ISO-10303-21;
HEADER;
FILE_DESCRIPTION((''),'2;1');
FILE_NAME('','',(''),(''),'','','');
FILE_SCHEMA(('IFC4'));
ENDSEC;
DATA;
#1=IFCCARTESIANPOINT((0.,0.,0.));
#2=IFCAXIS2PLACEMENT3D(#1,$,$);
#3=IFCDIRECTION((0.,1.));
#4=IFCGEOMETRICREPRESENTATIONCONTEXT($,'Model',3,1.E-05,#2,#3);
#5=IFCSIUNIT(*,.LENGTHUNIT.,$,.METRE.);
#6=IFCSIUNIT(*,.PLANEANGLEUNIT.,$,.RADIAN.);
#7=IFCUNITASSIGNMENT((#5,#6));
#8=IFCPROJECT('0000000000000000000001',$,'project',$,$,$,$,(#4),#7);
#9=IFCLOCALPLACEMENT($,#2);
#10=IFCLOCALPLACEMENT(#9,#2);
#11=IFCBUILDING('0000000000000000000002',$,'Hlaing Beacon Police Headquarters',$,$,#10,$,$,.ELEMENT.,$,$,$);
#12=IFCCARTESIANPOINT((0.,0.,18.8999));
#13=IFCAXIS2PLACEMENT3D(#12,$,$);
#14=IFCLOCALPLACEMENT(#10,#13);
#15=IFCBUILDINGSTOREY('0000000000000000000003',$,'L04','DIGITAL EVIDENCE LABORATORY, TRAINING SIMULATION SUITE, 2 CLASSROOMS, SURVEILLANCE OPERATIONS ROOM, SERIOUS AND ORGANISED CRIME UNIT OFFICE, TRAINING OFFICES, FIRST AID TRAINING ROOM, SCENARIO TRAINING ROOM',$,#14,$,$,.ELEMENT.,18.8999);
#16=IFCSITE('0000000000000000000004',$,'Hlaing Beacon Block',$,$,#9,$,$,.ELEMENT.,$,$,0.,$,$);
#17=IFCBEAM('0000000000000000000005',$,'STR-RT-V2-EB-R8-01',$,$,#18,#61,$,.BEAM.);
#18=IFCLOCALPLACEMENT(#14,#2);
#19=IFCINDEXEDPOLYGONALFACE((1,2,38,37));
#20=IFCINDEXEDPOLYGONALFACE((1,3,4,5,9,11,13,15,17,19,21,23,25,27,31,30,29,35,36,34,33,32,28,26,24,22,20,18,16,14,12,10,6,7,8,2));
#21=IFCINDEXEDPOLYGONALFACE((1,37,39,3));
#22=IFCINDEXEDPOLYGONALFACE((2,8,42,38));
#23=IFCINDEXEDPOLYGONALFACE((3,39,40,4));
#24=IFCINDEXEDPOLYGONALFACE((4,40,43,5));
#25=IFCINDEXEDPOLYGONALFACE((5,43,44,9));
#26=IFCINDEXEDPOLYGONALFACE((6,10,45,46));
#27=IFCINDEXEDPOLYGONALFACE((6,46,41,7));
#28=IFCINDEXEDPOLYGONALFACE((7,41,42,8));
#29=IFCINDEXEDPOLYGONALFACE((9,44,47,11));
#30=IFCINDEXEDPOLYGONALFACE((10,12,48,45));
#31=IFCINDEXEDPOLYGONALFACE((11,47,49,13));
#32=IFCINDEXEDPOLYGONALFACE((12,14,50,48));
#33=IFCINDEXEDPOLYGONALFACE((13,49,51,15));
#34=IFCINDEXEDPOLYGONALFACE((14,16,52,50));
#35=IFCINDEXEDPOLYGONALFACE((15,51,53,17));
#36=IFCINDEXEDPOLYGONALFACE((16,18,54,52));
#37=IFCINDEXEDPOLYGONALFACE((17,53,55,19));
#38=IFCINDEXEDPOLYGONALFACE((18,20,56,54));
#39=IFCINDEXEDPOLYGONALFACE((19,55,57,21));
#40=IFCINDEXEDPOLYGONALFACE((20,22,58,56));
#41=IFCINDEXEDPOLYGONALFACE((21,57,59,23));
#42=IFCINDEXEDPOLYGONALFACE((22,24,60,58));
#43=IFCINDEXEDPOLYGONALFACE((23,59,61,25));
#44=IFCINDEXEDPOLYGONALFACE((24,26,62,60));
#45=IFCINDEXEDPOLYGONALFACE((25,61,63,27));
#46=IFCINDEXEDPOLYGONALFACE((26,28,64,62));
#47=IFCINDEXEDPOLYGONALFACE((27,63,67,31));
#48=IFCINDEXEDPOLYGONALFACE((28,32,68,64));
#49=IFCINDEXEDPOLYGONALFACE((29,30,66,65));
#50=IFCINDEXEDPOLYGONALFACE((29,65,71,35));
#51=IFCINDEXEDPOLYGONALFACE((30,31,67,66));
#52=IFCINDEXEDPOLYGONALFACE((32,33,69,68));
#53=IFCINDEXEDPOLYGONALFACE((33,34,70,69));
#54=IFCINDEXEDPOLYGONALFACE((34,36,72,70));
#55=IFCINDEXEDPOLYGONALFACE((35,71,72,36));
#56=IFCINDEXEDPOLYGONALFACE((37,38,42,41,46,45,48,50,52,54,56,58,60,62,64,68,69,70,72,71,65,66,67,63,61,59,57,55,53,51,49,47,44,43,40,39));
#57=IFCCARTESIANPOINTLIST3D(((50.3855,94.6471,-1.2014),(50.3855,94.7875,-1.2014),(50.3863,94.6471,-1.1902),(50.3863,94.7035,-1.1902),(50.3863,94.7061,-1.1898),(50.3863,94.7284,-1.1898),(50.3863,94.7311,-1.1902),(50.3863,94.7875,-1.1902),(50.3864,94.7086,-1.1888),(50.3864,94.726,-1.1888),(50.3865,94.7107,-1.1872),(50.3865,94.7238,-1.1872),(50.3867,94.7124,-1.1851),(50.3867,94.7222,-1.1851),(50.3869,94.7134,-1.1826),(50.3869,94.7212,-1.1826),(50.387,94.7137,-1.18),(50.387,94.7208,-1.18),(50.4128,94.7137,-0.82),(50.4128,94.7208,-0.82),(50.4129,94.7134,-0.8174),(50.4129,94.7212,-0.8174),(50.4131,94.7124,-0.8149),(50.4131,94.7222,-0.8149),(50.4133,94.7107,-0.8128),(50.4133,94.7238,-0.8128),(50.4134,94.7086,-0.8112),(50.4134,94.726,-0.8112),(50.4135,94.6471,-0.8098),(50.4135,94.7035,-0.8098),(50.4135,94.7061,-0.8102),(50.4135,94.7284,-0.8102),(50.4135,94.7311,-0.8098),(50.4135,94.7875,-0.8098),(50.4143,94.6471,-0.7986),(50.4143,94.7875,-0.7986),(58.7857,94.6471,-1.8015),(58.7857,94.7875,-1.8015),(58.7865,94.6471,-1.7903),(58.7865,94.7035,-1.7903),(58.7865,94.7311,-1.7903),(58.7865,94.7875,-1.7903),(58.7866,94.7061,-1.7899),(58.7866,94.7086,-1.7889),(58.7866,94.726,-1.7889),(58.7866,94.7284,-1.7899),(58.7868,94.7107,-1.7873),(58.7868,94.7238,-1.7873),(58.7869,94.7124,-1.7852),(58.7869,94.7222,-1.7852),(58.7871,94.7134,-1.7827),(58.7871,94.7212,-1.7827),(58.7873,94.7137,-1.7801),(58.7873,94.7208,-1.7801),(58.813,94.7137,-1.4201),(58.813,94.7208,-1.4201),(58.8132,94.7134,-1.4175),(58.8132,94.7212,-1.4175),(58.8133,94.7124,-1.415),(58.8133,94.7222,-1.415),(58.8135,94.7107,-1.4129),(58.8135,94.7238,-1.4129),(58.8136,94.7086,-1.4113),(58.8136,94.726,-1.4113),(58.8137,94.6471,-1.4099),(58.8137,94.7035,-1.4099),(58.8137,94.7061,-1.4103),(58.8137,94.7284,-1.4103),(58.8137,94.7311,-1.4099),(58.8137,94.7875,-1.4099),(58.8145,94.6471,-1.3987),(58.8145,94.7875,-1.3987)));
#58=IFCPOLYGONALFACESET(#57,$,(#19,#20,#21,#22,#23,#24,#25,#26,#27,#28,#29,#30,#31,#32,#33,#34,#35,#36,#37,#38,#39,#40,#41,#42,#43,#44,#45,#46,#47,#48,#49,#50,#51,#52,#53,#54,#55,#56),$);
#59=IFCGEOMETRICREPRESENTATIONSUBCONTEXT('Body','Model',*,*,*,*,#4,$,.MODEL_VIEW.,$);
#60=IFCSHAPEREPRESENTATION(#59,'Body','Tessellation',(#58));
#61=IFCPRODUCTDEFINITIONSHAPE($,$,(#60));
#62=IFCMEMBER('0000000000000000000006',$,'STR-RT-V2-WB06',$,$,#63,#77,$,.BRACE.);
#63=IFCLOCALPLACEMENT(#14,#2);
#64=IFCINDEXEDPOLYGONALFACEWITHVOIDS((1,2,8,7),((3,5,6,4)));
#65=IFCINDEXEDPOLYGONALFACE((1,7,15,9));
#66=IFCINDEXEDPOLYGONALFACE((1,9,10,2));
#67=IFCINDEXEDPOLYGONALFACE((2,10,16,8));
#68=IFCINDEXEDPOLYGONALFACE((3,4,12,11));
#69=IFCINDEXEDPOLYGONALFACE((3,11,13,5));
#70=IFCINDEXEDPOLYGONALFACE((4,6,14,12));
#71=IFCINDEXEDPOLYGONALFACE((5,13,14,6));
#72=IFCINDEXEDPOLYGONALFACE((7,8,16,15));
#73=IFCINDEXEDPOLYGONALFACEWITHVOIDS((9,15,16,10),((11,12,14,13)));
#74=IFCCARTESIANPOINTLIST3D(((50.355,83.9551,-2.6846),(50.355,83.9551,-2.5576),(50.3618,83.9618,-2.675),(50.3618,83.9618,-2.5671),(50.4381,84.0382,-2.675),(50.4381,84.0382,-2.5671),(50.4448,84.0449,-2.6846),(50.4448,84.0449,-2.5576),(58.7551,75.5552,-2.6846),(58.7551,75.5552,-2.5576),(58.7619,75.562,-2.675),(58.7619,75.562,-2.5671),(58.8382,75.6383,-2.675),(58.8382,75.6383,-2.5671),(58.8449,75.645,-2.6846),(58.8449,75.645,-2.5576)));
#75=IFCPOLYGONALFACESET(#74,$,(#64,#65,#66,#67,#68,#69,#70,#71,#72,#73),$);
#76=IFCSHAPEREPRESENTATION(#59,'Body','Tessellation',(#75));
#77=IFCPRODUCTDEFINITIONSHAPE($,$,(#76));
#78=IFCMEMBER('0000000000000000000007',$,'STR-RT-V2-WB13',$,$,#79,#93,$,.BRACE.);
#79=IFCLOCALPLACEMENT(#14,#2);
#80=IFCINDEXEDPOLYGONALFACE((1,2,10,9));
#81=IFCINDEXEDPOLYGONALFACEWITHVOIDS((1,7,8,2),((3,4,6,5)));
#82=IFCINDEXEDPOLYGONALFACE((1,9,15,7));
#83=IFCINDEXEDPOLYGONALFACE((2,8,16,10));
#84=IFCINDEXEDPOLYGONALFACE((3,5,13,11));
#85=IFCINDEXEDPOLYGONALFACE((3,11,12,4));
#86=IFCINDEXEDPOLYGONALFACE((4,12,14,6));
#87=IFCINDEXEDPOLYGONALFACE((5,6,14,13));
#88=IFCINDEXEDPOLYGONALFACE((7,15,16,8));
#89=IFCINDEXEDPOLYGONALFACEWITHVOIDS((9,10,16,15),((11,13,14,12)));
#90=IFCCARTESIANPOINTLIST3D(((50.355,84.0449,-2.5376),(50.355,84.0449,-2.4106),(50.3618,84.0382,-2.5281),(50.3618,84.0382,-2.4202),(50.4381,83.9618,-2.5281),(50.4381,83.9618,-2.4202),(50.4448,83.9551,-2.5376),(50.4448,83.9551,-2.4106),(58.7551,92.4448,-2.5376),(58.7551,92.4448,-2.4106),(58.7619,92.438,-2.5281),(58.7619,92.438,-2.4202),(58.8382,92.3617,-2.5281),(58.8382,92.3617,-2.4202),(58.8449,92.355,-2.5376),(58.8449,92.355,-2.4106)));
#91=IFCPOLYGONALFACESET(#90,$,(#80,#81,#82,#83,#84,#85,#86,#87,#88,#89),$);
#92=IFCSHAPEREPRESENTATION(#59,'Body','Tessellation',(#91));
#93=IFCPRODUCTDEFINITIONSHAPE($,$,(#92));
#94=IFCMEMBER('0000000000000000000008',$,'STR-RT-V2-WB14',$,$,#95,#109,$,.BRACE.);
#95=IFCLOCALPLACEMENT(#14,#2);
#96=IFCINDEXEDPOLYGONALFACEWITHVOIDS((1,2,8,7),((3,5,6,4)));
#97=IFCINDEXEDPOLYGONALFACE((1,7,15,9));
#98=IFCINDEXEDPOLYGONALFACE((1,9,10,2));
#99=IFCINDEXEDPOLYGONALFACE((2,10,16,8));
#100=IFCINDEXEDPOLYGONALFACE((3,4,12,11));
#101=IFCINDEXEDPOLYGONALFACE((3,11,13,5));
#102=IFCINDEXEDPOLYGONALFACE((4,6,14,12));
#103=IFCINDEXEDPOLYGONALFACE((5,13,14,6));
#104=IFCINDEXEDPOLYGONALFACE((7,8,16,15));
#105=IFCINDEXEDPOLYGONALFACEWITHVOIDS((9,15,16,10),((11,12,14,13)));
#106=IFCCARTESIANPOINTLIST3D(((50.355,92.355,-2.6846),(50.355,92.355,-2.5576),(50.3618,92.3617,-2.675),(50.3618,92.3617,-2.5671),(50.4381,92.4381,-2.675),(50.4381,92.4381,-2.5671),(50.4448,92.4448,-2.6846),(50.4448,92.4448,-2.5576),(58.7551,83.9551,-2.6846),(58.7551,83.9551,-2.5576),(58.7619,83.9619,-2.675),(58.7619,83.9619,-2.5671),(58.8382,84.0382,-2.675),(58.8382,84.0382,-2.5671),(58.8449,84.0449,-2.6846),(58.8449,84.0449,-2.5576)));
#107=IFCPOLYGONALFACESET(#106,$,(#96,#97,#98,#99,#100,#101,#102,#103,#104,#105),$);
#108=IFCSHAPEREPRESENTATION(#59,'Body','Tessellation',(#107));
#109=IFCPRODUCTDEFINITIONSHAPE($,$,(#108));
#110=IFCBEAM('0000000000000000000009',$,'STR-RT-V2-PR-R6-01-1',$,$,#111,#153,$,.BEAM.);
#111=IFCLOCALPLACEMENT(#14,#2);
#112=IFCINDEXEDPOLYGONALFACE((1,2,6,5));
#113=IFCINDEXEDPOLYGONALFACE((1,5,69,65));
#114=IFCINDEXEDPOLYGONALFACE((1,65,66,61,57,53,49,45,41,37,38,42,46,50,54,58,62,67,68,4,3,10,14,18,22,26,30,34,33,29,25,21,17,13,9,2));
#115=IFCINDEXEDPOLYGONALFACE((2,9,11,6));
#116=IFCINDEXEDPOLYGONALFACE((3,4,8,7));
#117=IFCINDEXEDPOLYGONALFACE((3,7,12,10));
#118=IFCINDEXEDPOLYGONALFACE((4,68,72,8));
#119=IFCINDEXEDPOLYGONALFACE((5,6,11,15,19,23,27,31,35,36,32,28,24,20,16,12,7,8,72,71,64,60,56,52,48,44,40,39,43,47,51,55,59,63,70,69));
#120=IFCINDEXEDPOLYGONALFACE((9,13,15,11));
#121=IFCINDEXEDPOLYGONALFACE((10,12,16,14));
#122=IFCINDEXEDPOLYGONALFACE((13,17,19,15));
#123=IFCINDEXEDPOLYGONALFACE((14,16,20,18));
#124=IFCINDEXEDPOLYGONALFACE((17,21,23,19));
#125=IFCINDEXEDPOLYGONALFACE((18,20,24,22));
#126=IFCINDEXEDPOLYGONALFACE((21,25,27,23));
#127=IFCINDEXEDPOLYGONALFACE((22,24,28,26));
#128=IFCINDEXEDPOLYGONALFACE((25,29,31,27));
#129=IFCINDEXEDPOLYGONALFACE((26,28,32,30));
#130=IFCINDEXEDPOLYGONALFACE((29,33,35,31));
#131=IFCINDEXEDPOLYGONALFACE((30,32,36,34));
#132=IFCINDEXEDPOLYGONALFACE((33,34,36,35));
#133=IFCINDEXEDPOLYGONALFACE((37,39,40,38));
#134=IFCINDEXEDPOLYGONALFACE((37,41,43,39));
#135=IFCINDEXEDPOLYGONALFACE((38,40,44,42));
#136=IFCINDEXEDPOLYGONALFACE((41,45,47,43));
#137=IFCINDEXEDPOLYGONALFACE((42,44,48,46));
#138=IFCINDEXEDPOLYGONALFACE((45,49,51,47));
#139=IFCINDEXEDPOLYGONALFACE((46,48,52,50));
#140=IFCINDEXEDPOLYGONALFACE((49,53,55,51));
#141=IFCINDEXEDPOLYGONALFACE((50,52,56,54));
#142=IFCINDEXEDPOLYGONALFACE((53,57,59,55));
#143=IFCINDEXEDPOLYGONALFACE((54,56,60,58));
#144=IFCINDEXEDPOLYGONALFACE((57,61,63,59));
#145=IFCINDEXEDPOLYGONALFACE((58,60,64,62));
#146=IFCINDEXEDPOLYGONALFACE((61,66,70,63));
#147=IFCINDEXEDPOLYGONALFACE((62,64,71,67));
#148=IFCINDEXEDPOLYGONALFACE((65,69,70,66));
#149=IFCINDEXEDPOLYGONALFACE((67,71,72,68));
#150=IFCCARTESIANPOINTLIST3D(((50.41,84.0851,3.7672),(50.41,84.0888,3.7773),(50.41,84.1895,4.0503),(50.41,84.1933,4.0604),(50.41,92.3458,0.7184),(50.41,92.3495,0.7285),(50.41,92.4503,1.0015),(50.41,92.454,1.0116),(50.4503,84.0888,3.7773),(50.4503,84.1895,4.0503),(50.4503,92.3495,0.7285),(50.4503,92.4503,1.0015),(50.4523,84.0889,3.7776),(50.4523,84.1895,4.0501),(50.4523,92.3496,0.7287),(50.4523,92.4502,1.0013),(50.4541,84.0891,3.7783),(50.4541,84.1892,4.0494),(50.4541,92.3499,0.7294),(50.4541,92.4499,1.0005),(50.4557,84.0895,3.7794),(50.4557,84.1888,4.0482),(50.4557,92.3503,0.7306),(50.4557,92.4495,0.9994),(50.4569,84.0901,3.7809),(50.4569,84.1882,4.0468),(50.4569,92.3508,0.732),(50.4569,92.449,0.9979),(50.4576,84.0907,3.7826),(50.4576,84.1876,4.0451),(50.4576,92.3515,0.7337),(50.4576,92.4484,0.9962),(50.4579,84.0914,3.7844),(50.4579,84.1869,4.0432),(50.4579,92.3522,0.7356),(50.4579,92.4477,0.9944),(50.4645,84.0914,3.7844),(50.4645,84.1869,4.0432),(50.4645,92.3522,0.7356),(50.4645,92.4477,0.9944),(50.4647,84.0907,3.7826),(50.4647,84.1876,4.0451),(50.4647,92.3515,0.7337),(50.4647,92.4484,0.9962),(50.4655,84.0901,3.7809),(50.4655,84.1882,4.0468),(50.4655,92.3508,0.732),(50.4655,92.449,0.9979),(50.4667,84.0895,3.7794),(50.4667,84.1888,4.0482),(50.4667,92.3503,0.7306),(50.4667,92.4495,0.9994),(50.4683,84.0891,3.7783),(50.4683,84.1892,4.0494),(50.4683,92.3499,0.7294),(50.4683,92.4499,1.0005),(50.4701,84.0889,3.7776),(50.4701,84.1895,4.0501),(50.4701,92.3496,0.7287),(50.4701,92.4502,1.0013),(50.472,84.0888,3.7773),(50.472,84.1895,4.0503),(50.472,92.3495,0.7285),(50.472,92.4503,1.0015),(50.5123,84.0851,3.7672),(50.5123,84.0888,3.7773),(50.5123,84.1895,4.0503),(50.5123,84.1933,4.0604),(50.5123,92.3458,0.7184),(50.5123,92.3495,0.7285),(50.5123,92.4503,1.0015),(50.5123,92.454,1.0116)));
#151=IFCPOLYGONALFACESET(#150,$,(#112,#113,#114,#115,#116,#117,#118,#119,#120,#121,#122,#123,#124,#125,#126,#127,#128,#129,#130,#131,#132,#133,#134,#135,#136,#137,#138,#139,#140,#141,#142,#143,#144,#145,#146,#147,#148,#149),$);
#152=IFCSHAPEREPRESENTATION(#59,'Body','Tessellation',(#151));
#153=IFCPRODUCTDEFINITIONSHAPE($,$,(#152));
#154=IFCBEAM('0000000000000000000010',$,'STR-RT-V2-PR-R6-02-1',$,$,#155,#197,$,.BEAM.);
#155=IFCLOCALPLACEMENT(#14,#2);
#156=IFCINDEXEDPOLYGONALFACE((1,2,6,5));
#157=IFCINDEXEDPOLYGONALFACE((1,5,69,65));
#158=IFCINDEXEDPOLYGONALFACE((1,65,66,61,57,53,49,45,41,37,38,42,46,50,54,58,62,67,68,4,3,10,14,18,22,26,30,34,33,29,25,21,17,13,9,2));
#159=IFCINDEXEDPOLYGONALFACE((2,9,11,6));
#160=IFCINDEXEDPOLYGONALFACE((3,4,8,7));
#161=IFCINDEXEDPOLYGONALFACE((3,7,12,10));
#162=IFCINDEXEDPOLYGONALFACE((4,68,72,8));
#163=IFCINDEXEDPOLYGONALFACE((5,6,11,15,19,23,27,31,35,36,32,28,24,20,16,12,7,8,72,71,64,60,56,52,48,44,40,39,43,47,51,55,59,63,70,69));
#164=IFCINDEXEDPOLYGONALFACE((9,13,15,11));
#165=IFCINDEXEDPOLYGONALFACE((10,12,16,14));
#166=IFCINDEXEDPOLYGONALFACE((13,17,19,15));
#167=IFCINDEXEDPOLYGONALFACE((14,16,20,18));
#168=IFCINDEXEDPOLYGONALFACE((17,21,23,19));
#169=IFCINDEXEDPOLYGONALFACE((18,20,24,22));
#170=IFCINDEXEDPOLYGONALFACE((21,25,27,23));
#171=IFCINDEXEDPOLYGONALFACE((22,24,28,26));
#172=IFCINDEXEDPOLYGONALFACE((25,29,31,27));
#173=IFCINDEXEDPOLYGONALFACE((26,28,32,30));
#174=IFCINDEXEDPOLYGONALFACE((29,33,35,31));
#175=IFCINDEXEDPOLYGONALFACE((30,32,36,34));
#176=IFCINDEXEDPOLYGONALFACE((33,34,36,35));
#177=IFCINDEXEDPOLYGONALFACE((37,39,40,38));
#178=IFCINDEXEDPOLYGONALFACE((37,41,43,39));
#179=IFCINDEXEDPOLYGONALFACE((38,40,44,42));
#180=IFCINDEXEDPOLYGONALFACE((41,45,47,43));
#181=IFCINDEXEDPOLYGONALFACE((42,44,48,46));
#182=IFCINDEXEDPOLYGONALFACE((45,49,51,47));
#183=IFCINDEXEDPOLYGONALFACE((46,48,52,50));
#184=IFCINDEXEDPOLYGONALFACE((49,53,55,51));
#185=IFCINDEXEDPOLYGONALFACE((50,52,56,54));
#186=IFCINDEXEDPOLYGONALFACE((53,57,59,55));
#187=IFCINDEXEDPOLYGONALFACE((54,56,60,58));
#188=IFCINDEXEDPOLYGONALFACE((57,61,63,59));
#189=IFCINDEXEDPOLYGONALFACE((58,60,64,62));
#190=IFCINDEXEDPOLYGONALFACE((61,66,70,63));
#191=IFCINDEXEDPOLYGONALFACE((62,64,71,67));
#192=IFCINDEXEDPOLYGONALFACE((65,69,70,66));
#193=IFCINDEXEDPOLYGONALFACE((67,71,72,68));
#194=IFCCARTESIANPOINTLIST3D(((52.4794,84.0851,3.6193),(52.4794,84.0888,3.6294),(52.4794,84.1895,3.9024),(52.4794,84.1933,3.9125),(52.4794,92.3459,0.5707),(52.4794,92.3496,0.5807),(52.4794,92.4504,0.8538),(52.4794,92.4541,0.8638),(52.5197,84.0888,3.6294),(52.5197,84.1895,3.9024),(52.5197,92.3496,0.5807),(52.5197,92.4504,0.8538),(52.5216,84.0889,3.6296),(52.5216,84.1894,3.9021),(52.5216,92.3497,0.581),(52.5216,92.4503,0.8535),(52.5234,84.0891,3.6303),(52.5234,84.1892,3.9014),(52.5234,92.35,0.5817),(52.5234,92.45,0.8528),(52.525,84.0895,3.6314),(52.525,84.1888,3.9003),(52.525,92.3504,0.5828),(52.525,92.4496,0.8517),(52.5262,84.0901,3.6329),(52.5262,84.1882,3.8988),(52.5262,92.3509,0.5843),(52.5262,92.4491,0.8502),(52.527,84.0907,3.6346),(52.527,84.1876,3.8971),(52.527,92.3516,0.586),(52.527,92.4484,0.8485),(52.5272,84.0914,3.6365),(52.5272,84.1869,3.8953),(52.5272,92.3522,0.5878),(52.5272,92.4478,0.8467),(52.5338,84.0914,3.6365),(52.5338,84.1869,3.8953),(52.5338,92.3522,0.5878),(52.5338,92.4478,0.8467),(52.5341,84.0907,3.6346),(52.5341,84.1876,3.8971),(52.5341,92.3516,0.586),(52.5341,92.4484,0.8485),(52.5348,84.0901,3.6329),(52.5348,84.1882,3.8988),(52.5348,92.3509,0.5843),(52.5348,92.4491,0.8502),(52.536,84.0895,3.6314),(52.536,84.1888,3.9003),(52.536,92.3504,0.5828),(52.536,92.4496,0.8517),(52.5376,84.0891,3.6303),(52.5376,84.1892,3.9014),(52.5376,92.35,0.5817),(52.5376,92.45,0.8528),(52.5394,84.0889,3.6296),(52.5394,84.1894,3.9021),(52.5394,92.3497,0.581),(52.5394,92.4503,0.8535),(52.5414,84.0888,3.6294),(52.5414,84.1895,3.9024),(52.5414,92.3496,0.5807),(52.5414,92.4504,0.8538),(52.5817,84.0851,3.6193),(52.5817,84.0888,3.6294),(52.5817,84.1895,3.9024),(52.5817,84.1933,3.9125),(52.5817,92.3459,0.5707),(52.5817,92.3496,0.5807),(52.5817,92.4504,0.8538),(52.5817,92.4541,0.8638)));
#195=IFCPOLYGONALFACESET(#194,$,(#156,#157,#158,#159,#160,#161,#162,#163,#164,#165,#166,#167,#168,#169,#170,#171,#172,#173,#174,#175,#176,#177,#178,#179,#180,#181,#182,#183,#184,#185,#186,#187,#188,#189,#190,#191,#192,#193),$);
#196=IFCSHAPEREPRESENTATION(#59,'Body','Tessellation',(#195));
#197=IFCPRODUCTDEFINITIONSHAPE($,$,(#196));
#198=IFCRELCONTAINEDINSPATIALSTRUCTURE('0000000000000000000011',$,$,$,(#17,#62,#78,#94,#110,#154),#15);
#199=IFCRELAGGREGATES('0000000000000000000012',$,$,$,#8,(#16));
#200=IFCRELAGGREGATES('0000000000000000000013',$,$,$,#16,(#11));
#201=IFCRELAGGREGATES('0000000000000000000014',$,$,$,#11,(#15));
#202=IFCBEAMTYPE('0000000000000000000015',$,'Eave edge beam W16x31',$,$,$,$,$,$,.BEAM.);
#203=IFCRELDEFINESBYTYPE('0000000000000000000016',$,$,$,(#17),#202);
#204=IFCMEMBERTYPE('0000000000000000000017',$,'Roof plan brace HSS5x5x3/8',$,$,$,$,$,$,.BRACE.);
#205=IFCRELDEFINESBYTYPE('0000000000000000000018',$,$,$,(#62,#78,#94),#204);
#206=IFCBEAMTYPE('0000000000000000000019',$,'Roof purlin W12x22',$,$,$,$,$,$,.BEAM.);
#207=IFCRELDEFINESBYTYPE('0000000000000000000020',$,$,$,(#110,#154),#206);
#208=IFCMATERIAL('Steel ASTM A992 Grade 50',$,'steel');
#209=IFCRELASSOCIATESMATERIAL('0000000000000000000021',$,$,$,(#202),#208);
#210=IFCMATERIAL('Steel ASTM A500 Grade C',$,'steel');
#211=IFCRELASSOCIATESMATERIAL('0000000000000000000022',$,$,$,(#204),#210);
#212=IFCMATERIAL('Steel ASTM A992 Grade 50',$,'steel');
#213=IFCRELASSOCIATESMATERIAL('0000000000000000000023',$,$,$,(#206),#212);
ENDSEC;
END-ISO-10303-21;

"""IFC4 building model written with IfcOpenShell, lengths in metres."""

from ifc_helpers import new_model, si_unit, direction, frame, origin, origin_2d, place, context, subcontext, project, spatial, hollow_rectangle, i_section, extrude, material, material_profile, profile_set, type_object, element, save


model = new_model("IFC4")

# Units and contexts
model_context = context("Model", 3, precision=1e-05, world=origin(), true_north=direction((0.0, 1.0)))
body_context = subcontext(model_context, "Body", "Model", "MODEL_VIEW")
ifc_project = project(units=[si_unit("LENGTHUNIT", "METRE"), si_unit("PLANEANGLEUNIT", "RADIAN")], contexts=[model_context])

# Site, building, storey
site_placement = place(None, origin())
site = spatial("IfcSite", under=ifc_project, at=site_placement, Name="Hlaing Beacon Block", CompositionType="ELEMENT", RefElevation=0.0)
building_placement = place(site_placement, origin())
building = spatial("IfcBuilding", under=site, at=building_placement, Name="Hlaing Beacon Police Headquarters", CompositionType="ELEMENT")
storey_placement = place(building_placement, frame((0.0, 0.0, 18.8999)))
storey = spatial("IfcBuildingStorey", under=building, at=storey_placement, Name="L04", Description="DIGITAL EVIDENCE LABORATORY, TRAINING SIMULATION SUITE, 2 CLASSROOMS, SURVEILLANCE OPERATIONS ROOM, SERIOUS AND ORGANISED CRIME UNIT OFFICE, TRAINING OFFICES, FIRST AID TRAINING ROOM, SCENARIO TRAINING ROOM", CompositionType="ELEMENT", Elevation=18.8999)

# Beam
ifc_material_1 = material(Name="Steel ASTM A992 Grade 50", Category="steel")
ifc_material_profile_1 = material_profile(ifc_material_1, i_section(OverallWidth=0.1404, OverallDepth=0.4038, WebThickness=0.0071, FlangeThickness=0.0112, FilletRadius=0.0103, at=origin_2d()), Name="W16x31")
ifc_profile_set_1 = profile_set([ifc_material_profile_1], Name="Steel ASTM A992 Grade 50")
beam_type_1 = type_object("IfcBeamType", Name="Eave edge beam W16x31", PredefinedType="BEAM", material=ifc_profile_set_1)
beam_placement = place(storey_placement, frame((50.3999, 94.7173, -1.0), z_axis=(0.997458, 0.0, -0.071257), x_axis=(0.0, 1.0, 0.0)))
element("IfcBeam", 1, at=beam_placement, inside=storey, type_object=beam_type_1, Name="STR-RT-V2-EB-R8-01", PredefinedType="BEAM", context=body_context, shape_type="SweptSolid", body=[
    extrude(i_section(OverallWidth=0.1404, OverallDepth=0.4038, WebThickness=0.0071, FlangeThickness=0.0112, FilletRadius=0.0103, at=origin_2d()), origin(), (0.0, 0.0, 1.0), 8.4216),
])

# Members
ifc_material_2 = material(Name="Steel ASTM A500 Grade C", Category="steel")
ifc_material_profile_2 = material_profile(ifc_material_2, hollow_rectangle(XDim=0.127, YDim=0.127, WallThickness=0.0095, at=origin_2d()), Name="HSS5x5x3/8")
ifc_profile_set_2 = profile_set([ifc_material_profile_2], Name="Steel ASTM A500 Grade C")
member_type_1 = type_object("IfcMemberType", Name="Roof plan brace HSS5x5x3/8", PredefinedType="BRACE", material=ifc_profile_set_2)
for number, where, z_axis, x_axis, name in (
    (2, (50.3999, 84.0, -2.6211), (0.707117, -0.707097, 0.0), (0.707097, 0.707117, 0.0), "STR-RT-V2-WB06"),
    (3, (50.3999, 84.0, -2.4741), (0.707117, 0.707097, 0.0), (-0.707097, 0.707117, 0.0), "STR-RT-V2-WB13"),
    (4, (50.3999, 92.3999, -2.6211), (0.707117, -0.707097, 0.0), (0.707097, 0.707117, 0.0), "STR-RT-V2-WB14"),
):
    element("IfcMember", number, at=place(storey_placement, frame(where, z_axis=z_axis, x_axis=x_axis)), inside=storey, type_object=member_type_1, Name=name, PredefinedType="BRACE", context=body_context, shape_type="SweptSolid", body=[
        extrude(hollow_rectangle(XDim=0.127, YDim=0.127, WallThickness=0.0095, at=origin_2d()), origin(), (0.0, 0.0, 1.0), 11.8794),
    ])

# Beams
ifc_material_3 = material(Name="Steel ASTM A992 Grade 50", Category="steel")
ifc_material_profile_3 = material_profile(ifc_material_3, i_section(OverallWidth=0.1023, OverallDepth=0.3125, WebThickness=0.0066, FlangeThickness=0.0107, FilletRadius=0.0076, at=origin_2d()), Name="W12x22")
ifc_profile_set_3 = profile_set([ifc_material_profile_3], Name="Steel ASTM A992 Grade 50")
beam_type_2 = type_object("IfcBeamType", Name="Roof purlin W12x22", PredefinedType="BEAM", material=ifc_profile_set_3)
for number, where, z_axis, x_axis, name in (
    (5, (50.4612, 84.1392, 3.9138), (0.0, 0.938144, -0.346245), (-1.0, 0.0, 0.0), "STR-RT-V2-PR-R6-01-1"),
    (6, (52.5305, 84.1392, 3.7659), (0.0, 0.938153, -0.346221), (-1.0, 0.0, 0.0), "STR-RT-V2-PR-R6-02-1"),
):
    element("IfcBeam", number, at=place(storey_placement, frame(where, z_axis=z_axis, x_axis=x_axis)), inside=storey, type_object=beam_type_2, Name=name, PredefinedType="BEAM", context=body_context, shape_type="SweptSolid", body=[
        extrude(i_section(OverallWidth=0.1023, OverallDepth=0.3125, WebThickness=0.0066, FlangeThickness=0.0107, FilletRadius=0.0076, at=origin_2d()), origin(), (0.0, 0.0, 1.0), 8.8054),
    ])

save(model, "model.ifc")
